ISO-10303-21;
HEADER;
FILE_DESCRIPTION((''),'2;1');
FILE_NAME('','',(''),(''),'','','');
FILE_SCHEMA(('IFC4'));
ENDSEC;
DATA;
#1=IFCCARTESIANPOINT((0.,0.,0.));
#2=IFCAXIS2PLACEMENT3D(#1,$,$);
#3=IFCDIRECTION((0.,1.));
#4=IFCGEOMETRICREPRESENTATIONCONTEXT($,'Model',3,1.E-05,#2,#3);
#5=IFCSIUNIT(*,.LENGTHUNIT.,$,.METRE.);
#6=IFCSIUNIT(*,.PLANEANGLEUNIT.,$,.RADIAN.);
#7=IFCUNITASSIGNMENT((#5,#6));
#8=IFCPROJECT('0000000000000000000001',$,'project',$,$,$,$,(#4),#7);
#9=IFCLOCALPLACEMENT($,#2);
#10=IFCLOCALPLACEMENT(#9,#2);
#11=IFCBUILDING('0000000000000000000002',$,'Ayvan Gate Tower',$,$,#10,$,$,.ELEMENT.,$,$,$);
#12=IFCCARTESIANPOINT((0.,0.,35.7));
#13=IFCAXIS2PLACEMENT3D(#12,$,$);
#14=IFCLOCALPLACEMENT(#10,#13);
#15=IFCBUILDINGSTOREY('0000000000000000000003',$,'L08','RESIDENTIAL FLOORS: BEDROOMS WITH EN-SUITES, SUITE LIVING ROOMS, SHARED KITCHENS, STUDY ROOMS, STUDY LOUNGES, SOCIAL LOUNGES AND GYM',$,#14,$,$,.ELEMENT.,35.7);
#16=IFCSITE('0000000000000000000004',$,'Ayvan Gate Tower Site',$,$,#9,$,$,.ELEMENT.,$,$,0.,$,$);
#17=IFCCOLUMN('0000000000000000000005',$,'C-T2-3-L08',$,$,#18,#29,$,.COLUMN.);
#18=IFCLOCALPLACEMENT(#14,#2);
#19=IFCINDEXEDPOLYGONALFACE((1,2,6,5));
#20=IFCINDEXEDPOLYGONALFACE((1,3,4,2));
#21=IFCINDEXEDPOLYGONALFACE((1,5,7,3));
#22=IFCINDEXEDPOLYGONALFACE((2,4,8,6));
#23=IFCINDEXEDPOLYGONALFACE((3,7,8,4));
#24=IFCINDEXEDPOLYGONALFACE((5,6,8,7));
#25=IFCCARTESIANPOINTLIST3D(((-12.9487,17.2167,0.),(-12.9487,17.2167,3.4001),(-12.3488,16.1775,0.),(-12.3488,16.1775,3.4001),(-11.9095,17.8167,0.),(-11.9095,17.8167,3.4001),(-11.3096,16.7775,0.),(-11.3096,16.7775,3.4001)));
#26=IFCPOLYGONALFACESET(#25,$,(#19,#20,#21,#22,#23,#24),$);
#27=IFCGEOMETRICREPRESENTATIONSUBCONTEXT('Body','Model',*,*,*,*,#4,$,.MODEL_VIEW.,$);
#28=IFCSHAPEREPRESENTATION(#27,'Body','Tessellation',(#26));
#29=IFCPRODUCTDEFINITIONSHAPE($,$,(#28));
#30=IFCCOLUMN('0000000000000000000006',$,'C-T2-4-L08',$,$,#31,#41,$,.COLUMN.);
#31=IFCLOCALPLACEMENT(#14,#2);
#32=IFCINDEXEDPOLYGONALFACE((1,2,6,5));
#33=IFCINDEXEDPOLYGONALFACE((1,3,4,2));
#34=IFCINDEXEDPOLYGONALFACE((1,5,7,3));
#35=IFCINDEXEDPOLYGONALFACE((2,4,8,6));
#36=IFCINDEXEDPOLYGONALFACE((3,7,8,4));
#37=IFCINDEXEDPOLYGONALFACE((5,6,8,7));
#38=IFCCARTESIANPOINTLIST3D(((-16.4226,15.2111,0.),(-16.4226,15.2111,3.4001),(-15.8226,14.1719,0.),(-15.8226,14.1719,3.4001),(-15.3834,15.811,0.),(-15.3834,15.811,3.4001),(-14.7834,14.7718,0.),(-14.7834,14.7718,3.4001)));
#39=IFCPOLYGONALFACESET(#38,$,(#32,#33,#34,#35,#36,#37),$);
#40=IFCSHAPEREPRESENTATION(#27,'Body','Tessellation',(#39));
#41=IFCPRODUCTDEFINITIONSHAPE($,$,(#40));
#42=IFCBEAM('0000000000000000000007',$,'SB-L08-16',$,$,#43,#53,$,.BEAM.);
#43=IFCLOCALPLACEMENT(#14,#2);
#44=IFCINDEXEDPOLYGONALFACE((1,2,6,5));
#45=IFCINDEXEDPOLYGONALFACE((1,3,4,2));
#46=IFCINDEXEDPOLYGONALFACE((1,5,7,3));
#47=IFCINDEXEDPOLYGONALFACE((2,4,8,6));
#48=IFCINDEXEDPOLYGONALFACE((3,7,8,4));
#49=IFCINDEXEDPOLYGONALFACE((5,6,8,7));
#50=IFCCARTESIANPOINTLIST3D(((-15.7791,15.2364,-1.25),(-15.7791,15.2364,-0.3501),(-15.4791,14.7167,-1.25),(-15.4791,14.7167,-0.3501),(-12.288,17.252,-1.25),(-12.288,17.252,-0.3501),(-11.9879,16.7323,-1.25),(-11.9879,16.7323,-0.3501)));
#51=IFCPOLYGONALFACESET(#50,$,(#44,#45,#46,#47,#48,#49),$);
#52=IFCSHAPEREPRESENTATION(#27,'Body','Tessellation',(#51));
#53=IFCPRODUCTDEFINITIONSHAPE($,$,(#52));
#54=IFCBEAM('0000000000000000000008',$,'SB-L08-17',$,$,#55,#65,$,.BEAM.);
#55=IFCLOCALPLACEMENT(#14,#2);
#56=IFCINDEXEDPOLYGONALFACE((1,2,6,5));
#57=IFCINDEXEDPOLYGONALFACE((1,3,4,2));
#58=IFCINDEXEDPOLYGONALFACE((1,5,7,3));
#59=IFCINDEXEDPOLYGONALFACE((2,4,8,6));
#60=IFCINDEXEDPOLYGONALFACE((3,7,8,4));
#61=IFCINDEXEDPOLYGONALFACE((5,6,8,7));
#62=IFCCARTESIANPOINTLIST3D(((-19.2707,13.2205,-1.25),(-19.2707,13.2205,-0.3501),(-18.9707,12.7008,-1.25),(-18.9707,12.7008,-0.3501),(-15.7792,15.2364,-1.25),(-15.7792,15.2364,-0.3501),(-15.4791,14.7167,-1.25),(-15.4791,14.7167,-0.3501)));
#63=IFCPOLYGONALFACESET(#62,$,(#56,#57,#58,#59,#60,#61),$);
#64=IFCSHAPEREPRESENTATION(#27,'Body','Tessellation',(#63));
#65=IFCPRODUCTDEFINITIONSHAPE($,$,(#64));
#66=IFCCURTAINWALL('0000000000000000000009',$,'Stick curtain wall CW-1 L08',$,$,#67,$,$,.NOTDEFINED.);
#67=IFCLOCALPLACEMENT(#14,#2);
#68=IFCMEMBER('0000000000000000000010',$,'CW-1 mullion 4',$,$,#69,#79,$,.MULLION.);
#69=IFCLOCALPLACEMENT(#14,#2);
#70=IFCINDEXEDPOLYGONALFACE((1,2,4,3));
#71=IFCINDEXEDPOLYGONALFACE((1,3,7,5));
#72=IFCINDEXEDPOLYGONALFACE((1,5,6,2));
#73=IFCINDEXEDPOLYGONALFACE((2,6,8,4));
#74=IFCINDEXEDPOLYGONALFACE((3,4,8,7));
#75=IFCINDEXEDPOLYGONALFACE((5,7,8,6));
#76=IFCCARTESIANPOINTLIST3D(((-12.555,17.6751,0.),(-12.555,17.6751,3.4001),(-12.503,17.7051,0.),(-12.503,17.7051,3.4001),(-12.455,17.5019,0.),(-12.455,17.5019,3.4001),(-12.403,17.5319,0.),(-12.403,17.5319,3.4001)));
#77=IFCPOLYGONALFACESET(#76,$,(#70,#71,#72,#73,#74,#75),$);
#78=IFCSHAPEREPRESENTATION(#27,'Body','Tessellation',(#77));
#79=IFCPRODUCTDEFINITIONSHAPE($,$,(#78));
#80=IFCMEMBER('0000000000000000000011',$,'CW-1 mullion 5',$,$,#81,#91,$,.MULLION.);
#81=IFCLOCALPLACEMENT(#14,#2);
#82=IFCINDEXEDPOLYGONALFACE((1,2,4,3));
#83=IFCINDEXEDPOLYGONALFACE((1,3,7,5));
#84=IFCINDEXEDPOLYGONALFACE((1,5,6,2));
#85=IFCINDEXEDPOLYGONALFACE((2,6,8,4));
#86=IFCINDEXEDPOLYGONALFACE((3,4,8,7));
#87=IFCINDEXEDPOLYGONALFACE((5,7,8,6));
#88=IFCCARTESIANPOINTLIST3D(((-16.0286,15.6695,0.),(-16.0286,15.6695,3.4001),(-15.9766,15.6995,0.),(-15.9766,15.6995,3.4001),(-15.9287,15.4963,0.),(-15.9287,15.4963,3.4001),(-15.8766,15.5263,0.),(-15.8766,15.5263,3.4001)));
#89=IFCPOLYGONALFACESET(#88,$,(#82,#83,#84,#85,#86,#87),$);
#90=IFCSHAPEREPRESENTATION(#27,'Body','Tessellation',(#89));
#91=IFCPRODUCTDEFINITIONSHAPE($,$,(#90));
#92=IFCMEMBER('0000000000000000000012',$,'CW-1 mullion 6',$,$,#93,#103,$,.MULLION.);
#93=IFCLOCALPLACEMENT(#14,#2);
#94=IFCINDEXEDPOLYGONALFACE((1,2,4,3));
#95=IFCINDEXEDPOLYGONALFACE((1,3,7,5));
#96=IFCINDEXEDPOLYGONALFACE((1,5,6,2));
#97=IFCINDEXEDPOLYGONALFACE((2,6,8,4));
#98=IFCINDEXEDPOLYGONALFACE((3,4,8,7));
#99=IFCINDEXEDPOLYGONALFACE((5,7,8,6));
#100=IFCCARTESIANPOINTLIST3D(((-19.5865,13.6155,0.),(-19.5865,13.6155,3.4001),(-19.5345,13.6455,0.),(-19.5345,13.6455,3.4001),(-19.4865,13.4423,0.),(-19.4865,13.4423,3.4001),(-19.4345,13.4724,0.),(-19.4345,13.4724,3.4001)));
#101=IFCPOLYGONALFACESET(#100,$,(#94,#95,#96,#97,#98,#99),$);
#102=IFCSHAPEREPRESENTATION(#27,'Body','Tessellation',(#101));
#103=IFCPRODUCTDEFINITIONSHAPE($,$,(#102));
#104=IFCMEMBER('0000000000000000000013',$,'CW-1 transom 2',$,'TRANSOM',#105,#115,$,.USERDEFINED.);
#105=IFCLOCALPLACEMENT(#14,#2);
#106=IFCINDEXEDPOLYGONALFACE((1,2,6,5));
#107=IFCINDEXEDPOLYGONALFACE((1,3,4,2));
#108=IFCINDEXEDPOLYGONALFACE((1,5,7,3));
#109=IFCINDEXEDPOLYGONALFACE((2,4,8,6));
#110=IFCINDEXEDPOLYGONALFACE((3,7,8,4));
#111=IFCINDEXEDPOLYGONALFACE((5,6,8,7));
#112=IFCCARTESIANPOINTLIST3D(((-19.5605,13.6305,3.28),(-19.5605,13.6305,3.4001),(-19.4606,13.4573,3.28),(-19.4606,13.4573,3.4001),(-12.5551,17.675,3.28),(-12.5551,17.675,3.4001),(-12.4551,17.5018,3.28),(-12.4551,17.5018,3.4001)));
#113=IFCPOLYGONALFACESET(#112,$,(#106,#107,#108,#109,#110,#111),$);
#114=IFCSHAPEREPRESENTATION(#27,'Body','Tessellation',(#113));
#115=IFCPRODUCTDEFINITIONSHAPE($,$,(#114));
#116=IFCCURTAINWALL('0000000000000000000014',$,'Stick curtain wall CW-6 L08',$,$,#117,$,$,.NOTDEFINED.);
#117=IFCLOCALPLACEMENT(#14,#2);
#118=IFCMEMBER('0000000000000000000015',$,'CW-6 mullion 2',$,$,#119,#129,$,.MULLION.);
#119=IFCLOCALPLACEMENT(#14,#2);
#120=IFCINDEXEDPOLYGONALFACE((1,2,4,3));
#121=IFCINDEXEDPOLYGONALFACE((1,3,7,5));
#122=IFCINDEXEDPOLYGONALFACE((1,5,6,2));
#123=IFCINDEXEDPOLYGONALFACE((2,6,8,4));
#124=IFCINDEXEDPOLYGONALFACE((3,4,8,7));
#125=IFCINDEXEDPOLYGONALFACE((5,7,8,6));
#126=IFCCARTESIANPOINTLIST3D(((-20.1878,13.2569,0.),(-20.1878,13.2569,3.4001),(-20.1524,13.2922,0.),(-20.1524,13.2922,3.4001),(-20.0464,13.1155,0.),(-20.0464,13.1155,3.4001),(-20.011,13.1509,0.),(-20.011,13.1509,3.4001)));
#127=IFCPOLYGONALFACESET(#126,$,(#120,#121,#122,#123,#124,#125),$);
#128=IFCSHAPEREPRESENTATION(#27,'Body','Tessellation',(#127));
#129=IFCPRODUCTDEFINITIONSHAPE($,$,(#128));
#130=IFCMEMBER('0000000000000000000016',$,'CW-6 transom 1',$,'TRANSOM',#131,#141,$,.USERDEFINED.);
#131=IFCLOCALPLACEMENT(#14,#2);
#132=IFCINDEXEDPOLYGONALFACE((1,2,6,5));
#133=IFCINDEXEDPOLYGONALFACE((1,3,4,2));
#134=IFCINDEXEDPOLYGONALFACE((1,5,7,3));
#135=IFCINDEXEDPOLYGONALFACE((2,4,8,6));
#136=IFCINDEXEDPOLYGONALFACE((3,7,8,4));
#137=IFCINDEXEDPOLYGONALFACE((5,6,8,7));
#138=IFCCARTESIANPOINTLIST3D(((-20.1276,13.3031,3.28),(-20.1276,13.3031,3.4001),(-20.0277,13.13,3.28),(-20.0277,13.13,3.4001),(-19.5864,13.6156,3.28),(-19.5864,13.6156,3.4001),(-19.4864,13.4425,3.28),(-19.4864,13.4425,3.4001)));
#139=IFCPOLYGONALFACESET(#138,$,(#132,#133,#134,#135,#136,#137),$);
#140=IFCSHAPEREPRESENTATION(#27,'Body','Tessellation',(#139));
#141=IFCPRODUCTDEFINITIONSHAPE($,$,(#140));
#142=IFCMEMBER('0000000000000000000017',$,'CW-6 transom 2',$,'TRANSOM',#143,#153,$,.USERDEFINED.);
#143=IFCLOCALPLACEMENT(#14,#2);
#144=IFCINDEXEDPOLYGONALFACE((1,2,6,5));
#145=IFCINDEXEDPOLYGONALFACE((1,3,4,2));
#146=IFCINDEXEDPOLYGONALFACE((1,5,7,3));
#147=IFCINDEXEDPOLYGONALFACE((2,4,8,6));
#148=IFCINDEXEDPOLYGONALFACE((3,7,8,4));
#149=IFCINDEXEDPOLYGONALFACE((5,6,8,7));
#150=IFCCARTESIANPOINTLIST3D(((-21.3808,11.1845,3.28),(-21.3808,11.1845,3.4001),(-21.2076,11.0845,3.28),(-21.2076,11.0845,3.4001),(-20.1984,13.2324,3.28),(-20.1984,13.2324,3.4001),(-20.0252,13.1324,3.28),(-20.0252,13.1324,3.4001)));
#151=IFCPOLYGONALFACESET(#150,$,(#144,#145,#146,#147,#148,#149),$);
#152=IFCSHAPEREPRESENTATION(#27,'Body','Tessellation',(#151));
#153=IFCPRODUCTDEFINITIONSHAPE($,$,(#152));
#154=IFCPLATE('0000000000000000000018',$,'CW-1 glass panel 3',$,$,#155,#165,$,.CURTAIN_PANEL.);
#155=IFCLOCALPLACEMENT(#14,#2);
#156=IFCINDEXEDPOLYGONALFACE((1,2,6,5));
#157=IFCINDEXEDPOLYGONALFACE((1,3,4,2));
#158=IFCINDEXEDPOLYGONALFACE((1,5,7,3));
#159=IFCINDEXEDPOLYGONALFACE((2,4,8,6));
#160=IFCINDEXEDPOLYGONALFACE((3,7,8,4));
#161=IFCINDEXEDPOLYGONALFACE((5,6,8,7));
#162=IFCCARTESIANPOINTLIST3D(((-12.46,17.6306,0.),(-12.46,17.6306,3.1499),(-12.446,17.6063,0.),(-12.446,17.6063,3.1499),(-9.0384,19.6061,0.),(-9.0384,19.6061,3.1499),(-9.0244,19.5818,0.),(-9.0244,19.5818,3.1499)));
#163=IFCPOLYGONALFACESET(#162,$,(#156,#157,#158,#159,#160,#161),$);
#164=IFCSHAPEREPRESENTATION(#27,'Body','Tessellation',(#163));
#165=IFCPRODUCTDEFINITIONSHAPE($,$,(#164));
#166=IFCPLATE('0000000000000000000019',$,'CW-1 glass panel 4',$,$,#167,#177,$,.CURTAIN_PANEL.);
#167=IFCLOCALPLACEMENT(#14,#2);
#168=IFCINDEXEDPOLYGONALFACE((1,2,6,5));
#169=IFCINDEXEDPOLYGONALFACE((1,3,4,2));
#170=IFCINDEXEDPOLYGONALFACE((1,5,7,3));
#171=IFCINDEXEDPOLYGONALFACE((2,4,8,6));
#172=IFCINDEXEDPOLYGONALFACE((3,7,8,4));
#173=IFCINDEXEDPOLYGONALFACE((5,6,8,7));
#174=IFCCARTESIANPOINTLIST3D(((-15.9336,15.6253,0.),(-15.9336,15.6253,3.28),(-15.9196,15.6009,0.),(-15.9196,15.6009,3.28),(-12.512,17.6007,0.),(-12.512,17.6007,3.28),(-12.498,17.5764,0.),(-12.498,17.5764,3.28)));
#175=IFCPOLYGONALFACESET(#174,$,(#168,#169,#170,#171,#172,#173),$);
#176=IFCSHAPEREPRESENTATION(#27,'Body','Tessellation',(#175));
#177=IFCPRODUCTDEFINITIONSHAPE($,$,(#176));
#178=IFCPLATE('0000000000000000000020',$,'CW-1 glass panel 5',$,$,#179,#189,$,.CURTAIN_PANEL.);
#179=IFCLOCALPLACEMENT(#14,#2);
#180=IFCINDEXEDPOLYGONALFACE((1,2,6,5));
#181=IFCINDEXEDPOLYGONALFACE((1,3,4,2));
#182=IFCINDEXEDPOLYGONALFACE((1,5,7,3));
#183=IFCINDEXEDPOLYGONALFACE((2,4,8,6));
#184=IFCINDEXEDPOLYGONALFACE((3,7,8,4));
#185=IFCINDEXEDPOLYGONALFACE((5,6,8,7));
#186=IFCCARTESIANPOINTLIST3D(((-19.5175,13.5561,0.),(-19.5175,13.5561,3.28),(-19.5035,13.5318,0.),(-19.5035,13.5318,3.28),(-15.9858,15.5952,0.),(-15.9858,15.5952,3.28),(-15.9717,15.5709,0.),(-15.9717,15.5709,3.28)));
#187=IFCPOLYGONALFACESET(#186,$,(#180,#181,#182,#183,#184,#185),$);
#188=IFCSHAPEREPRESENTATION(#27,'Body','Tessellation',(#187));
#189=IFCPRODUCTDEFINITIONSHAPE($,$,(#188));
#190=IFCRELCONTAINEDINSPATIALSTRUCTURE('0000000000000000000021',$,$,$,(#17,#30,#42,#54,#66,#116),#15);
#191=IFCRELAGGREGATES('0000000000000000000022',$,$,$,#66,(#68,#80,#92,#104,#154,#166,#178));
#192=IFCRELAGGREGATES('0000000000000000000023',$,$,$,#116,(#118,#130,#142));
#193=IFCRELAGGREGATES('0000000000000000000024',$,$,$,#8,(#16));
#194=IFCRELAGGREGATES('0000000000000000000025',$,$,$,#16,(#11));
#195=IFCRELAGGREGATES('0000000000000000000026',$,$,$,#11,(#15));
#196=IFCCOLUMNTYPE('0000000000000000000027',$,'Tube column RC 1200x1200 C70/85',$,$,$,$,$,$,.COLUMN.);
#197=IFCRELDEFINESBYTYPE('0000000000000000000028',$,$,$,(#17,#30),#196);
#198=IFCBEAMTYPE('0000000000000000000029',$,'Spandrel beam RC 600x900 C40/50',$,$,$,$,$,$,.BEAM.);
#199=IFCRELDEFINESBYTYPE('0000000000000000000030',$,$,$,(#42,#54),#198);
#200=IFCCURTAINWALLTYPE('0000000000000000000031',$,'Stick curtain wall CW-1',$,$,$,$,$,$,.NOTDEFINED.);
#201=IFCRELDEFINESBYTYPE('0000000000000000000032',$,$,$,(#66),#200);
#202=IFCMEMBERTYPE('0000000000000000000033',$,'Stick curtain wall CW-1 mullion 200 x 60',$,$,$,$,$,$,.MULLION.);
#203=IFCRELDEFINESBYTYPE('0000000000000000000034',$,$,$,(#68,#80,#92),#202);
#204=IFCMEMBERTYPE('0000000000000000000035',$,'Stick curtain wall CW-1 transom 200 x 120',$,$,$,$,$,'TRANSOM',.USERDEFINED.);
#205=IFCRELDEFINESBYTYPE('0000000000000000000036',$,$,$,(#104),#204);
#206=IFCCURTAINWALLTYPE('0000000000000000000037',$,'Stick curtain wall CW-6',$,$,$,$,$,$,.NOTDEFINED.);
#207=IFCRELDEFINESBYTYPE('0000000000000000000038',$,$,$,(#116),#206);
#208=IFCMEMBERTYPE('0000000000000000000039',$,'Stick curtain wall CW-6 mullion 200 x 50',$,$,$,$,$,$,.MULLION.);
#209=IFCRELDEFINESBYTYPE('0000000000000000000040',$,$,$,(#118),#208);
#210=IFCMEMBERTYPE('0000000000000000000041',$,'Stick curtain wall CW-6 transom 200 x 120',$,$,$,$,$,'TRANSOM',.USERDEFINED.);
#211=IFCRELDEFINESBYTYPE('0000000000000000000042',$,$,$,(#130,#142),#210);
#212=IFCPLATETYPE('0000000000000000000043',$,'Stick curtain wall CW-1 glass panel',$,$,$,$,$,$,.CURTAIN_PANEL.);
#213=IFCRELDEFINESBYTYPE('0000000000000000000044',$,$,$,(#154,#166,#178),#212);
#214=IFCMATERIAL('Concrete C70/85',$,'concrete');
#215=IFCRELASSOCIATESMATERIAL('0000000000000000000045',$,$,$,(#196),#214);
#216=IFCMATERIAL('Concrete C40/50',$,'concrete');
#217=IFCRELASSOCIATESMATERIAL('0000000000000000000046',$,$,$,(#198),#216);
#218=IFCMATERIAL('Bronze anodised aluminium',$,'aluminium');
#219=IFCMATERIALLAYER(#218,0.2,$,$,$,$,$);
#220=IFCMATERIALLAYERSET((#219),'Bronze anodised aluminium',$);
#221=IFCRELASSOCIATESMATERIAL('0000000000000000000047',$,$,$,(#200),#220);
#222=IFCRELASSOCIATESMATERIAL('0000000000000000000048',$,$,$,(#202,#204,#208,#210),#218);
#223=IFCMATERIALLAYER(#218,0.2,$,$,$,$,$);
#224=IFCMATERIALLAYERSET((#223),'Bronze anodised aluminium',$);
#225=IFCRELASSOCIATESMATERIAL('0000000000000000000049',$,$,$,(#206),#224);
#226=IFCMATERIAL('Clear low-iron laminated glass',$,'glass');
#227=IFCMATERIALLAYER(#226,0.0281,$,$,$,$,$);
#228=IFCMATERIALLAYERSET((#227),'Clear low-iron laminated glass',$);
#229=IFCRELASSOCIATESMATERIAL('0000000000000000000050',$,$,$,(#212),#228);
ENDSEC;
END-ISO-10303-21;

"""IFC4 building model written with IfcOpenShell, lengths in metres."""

from ifc_helpers import new_model, si_unit, direction, frame, origin, origin_2d, place, context, subcontext, project, spatial, rectangle, extrude, material, layer, layer_set, material_profile, profile_set, type_object, element, aggregate, save


model = new_model("IFC4")

# Units and contexts
model_context = context("Model", 3, precision=1e-05, world=origin(), true_north=direction((0.0, 1.0)))
body_context = subcontext(model_context, "Body", "Model", "MODEL_VIEW")
ifc_project = project(units=[si_unit("LENGTHUNIT", "METRE"), si_unit("PLANEANGLEUNIT", "RADIAN")], contexts=[model_context])

# Site, building, storey
site_placement = place(None, origin())
site = spatial("IfcSite", under=ifc_project, at=site_placement, Name="Ayvan Gate Tower Site", CompositionType="ELEMENT", RefElevation=0.0)
building_placement = place(site_placement, origin())
building = spatial("IfcBuilding", under=site, at=building_placement, Name="Ayvan Gate Tower", CompositionType="ELEMENT")
storey_placement = place(building_placement, frame((0.0, 0.0, 35.7)))
storey = spatial("IfcBuildingStorey", under=building, at=storey_placement, Name="L08", Description="RESIDENTIAL FLOORS: BEDROOMS WITH EN-SUITES, SUITE LIVING ROOMS, SHARED KITCHENS, STUDY ROOMS, STUDY LOUNGES, SOCIAL LOUNGES AND GYM", CompositionType="ELEMENT", Elevation=35.7)

# Columns
ifc_material_1 = material(Name="Concrete C70/85", Category="concrete")
ifc_material_profile_1 = material_profile(ifc_material_1, rectangle(XDim=1.2, YDim=1.2, at=origin_2d()), Name="RC 1200x1200")
ifc_profile_set_1 = profile_set([ifc_material_profile_1], Name="Concrete C70/85")
column_type = type_object("IfcColumnType", Name="Tube column RC 1200x1200 C70/85", PredefinedType="COLUMN", material=ifc_profile_set_1)
for number, where, z_axis, x_axis, name in (
    (1, (-12.1292, 16.9971, 0.0), (0.0, 0.0, 1.0), (-0.5, 0.866025, 0.0), "C-T2-3-L08"),
    (2, (-15.603, 14.9915, 0.0), (0.0, 0.0, 1.0), (-0.5, 0.866025, 0.0), "C-T2-4-L08"),
):
    element("IfcColumn", number, at=place(storey_placement, frame(where, z_axis=z_axis, x_axis=x_axis)), inside=storey, type_object=column_type, Name=name, PredefinedType="COLUMN", context=body_context, shape_type="SweptSolid", body=[
        extrude(rectangle(XDim=1.2, YDim=1.2, at=origin_2d()), origin(), (0.0, 0.0, 1.0), 3.4001),
    ])

# Beams
ifc_material_2 = material(Name="Concrete C40/50", Category="concrete")
ifc_material_profile_2 = material_profile(ifc_material_2, rectangle(XDim=0.6001, YDim=0.8999, at=origin_2d()), Name="RC 600x900")
ifc_profile_set_2 = profile_set([ifc_material_profile_2], Name="Concrete C40/50")
beam_type = type_object("IfcBeamType", Name="Spandrel beam RC 600x900 C40/50", PredefinedType="BEAM", material=ifc_profile_set_2)
beam_1_placement = place(storey_placement, frame((-12.1379, 16.9922, -0.8), z_axis=(-0.866028, -0.499995, 0.0), x_axis=(0.499995, -0.866028, 0.0)))
element("IfcBeam", 3, at=beam_1_placement, inside=storey, type_object=beam_type, Name="SB-L08-16", PredefinedType="BEAM", context=body_context, shape_type="SweptSolid", body=[
    extrude(rectangle(XDim=0.6001, YDim=0.8999, at=origin_2d()), origin(), (0.0, 0.0, 1.0), 4.0312),
])
beam_2_placement = place(storey_placement, frame((-15.6292, 14.9766, -0.8), z_axis=(-0.866017, -0.500014, 0.0), x_axis=(0.500014, -0.866017, 0.0)))
element("IfcBeam", 4, at=beam_2_placement, inside=storey, type_object=beam_type, Name="SB-L08-17", PredefinedType="BEAM", context=body_context, shape_type="SweptSolid", body=[
    extrude(rectangle(XDim=0.6001, YDim=0.8999, at=origin_2d()), origin(), (0.0, 0.0, 1.0), 4.0317),
])

# Curtain walls, members
ifc_material_3 = material(Name="Bronze anodised aluminium", Category="aluminium")
ifc_layer_1 = layer(ifc_material_3, 0.2)
ifc_layer_set_1 = layer_set([ifc_layer_1], Name="Bronze anodised aluminium")
curtain_wall_type_1 = type_object("IfcCurtainWallType", Name="Stick curtain wall CW-1", PredefinedType="NOTDEFINED", material=ifc_layer_set_1)
curtain_wall_1_placement = place(storey_placement, origin())
curtain_wall_1 = element("IfcCurtainWall", 5, at=curtain_wall_1_placement, inside=storey, type_object=curtain_wall_type_1, Name="Stick curtain wall CW-1 L08", PredefinedType="NOTDEFINED")
ifc_material_profile_3 = material_profile(ifc_material_3, rectangle(XDim=0.2, YDim=0.0601, at=origin_2d()), Name="Stick curtain wall CW-1 mullion 200 x 60")
ifc_profile_set_3 = profile_set([ifc_material_profile_3], Name="Bronze anodised aluminium")
member_type_1 = type_object("IfcMemberType", Name="Stick curtain wall CW-1 mullion 200 x 60", PredefinedType="MULLION", material=ifc_profile_set_3)
member_1_placement = place(storey_placement, frame((-12.479, 17.6035, 0.0), z_axis=(0.0, 0.0, 1.0), x_axis=(-0.5, 0.866025, 0.0)))
member_1 = element("IfcMember", 6, at=member_1_placement, type_object=member_type_1, Name="CW-1 mullion 4", PredefinedType="MULLION", context=body_context, shape_type="SweptSolid", body=[
    extrude(rectangle(XDim=0.2, YDim=0.0601, at=origin_2d()), origin(), (0.0, 0.0, 1.0), 3.4001),
])
member_2_placement = place(storey_placement, frame((-15.9526, 15.5979, 0.0), z_axis=(0.0, 0.0, 1.0), x_axis=(-0.5, 0.866025, 0.0)))
member_2 = element("IfcMember", 7, at=member_2_placement, type_object=member_type_1, Name="CW-1 mullion 5", PredefinedType="MULLION", context=body_context, shape_type="SweptSolid", body=[
    extrude(rectangle(XDim=0.2, YDim=0.0601, at=origin_2d()), origin(), (0.0, 0.0, 1.0), 3.4001),
])
member_3_placement = place(storey_placement, frame((-19.5105, 13.5439, 0.0), z_axis=(0.0, 0.0, 1.0), x_axis=(-0.5, 0.866025, 0.0)))
member_3 = element("IfcMember", 8, at=member_3_placement, type_object=member_type_1, Name="CW-1 mullion 6", PredefinedType="MULLION", context=body_context, shape_type="SweptSolid", body=[
    extrude(rectangle(XDim=0.2, YDim=0.0601, at=origin_2d()), origin(), (0.0, 0.0, 1.0), 3.4001),
])
ifc_material_profile_4 = material_profile(ifc_material_3, rectangle(XDim=0.2, YDim=0.1201, at=origin_2d()), Name="Stick curtain wall CW-1 transom 200 x 120")
ifc_profile_set_4 = profile_set([ifc_material_profile_4], Name="Bronze anodised aluminium")
member_type_2 = type_object("IfcMemberType", Name="Stick curtain wall CW-1 transom 200 x 120", ElementType="TRANSOM", PredefinedType="USERDEFINED", material=ifc_profile_set_4)
member_4_placement = place(storey_placement, frame((-12.5051, 17.5884, 3.3401), z_axis=(-0.866032, -0.499989, 0.0), x_axis=(0.499989, -0.866032, 0.0)))
member_4 = element("IfcMember", 9, at=member_4_placement, type_object=member_type_2, Name="CW-1 transom 2", ObjectType="TRANSOM", PredefinedType="USERDEFINED", context=body_context, shape_type="SweptSolid", body=[
    extrude(rectangle(XDim=0.2, YDim=0.1201, at=origin_2d()), origin(), (0.0, 0.0, 1.0), 8.0891),
])
ifc_layer_2 = layer(ifc_material_3, 0.2)
ifc_layer_set_2 = layer_set([ifc_layer_2], Name="Bronze anodised aluminium")
curtain_wall_type_2 = type_object("IfcCurtainWallType", Name="Stick curtain wall CW-6", PredefinedType="NOTDEFINED", material=ifc_layer_set_2)
curtain_wall_2_placement = place(storey_placement, origin())
curtain_wall_2 = element("IfcCurtainWall", 10, at=curtain_wall_2_placement, inside=storey, type_object=curtain_wall_type_2, Name="Stick curtain wall CW-6 L08", PredefinedType="NOTDEFINED")
ifc_material_profile_5 = material_profile(ifc_material_3, rectangle(XDim=0.2, YDim=0.05, at=origin_2d()), Name="Stick curtain wall CW-6 mullion 200 x 50")
ifc_profile_set_5 = profile_set([ifc_material_profile_5], Name="Bronze anodised aluminium")
member_type_3 = type_object("IfcMemberType", Name="Stick curtain wall CW-6 mullion 200 x 50", PredefinedType="MULLION", material=ifc_profile_set_5)
member_5_placement = place(storey_placement, frame((-20.0994, 13.2039, 0.0), z_axis=(0.0, 0.0, 1.0), x_axis=(-0.707107, 0.707107, 0.0)))
member_5 = element("IfcMember", 11, at=member_5_placement, type_object=member_type_3, Name="CW-6 mullion 2", PredefinedType="MULLION", context=body_context, shape_type="SweptSolid", body=[
    extrude(rectangle(XDim=0.2, YDim=0.05, at=origin_2d()), origin(), (0.0, 0.0, 1.0), 3.4001),
])
ifc_material_profile_6 = material_profile(ifc_material_3, rectangle(XDim=0.2, YDim=0.1201, at=origin_2d()), Name="Stick curtain wall CW-6 transom 200 x 120")
ifc_profile_set_6 = profile_set([ifc_material_profile_6], Name="Bronze anodised aluminium")
member_type_4 = type_object("IfcMemberType", Name="Stick curtain wall CW-6 transom 200 x 120", ElementType="TRANSOM", PredefinedType="USERDEFINED", material=ifc_profile_set_6)
member_6_placement = place(storey_placement, frame((-19.5364, 13.5291, 3.3401), z_axis=(-0.866023, -0.500004, 0.0), x_axis=(0.500004, -0.866023, 0.0)))
member_6 = element("IfcMember", 12, at=member_6_placement, type_object=member_type_4, Name="CW-6 transom 1", ObjectType="TRANSOM", PredefinedType="USERDEFINED", context=body_context, shape_type="SweptSolid", body=[
    extrude(rectangle(XDim=0.2, YDim=0.1201, at=origin_2d()), origin(), (0.0, 0.0, 1.0), 0.625),
])
member_7_placement = place(storey_placement, frame((-20.1118, 13.1824, 3.3401), z_axis=(-0.500014, -0.866017, 0.0), x_axis=(0.866017, -0.500014, 0.0)))
member_7 = element("IfcMember", 13, at=member_7_placement, type_object=member_type_4, Name="CW-6 transom 2", ObjectType="TRANSOM", PredefinedType="USERDEFINED", context=body_context, shape_type="SweptSolid", body=[
    extrude(rectangle(XDim=0.2, YDim=0.1201, at=origin_2d()), origin(), (0.0, 0.0, 1.0), 2.3647),
])

# Plates
ifc_material_4 = material(Name="Clear low-iron laminated glass", Category="glass")
ifc_layer_3 = layer(ifc_material_4, 0.0281)
ifc_layer_set_3 = layer_set([ifc_layer_3], Name="Clear low-iron laminated glass")
plate_type_1 = type_object("IfcPlateType", Name="Stick curtain wall CW-1 glass panel", PredefinedType="CURTAIN_PANEL", material=ifc_layer_set_3)
plate_1_placement = place(storey_placement, frame((-10.7422, 18.6062, 0.0), z_axis=(0.0, 0.0, 1.0), x_axis=(-0.866025, -0.5, 0.0)))
plate_1 = element("IfcPlate", 14, at=plate_1_placement, type_object=plate_type_1, Name="CW-1 glass panel 3", PredefinedType="CURTAIN_PANEL", context=body_context, shape_type="SweptSolid", body=[
    extrude(rectangle(XDim=3.9509, YDim=0.0281, at=origin_2d()), origin(), (0.0, 0.0, 1.0), 3.1499),
])
plate_2_placement = place(storey_placement, frame((-14.2158, 16.6008, 0.0), z_axis=(0.0, 0.0, 1.0), x_axis=(-0.866025, -0.5, 0.0)))
plate_2 = element("IfcPlate", 15, at=plate_2_placement, type_object=plate_type_1, Name="CW-1 glass panel 4", PredefinedType="CURTAIN_PANEL", context=body_context, shape_type="SweptSolid", body=[
    extrude(rectangle(XDim=3.9509, YDim=0.0281, at=origin_2d()), origin(), (0.0, 0.0, 1.0), 3.28),
])
plate_3_placement = place(storey_placement, frame((-17.7446, 14.5635, 0.0), z_axis=(0.0, 0.0, 1.0), x_axis=(-0.866025, -0.5, 0.0)))
plate_3 = element("IfcPlate", 16, at=plate_3_placement, type_object=plate_type_1, Name="CW-1 glass panel 5", PredefinedType="CURTAIN_PANEL", context=body_context, shape_type="SweptSolid", body=[
    extrude(rectangle(XDim=4.0781, YDim=0.0281, at=origin_2d()), origin(), (0.0, 0.0, 1.0), 3.28),
])
aggregate(curtain_wall_1, [member_1, member_2, member_3, member_4, plate_1, plate_2, plate_3])
aggregate(curtain_wall_2, [member_5, member_6, member_7])

save(model, "model.ifc")
